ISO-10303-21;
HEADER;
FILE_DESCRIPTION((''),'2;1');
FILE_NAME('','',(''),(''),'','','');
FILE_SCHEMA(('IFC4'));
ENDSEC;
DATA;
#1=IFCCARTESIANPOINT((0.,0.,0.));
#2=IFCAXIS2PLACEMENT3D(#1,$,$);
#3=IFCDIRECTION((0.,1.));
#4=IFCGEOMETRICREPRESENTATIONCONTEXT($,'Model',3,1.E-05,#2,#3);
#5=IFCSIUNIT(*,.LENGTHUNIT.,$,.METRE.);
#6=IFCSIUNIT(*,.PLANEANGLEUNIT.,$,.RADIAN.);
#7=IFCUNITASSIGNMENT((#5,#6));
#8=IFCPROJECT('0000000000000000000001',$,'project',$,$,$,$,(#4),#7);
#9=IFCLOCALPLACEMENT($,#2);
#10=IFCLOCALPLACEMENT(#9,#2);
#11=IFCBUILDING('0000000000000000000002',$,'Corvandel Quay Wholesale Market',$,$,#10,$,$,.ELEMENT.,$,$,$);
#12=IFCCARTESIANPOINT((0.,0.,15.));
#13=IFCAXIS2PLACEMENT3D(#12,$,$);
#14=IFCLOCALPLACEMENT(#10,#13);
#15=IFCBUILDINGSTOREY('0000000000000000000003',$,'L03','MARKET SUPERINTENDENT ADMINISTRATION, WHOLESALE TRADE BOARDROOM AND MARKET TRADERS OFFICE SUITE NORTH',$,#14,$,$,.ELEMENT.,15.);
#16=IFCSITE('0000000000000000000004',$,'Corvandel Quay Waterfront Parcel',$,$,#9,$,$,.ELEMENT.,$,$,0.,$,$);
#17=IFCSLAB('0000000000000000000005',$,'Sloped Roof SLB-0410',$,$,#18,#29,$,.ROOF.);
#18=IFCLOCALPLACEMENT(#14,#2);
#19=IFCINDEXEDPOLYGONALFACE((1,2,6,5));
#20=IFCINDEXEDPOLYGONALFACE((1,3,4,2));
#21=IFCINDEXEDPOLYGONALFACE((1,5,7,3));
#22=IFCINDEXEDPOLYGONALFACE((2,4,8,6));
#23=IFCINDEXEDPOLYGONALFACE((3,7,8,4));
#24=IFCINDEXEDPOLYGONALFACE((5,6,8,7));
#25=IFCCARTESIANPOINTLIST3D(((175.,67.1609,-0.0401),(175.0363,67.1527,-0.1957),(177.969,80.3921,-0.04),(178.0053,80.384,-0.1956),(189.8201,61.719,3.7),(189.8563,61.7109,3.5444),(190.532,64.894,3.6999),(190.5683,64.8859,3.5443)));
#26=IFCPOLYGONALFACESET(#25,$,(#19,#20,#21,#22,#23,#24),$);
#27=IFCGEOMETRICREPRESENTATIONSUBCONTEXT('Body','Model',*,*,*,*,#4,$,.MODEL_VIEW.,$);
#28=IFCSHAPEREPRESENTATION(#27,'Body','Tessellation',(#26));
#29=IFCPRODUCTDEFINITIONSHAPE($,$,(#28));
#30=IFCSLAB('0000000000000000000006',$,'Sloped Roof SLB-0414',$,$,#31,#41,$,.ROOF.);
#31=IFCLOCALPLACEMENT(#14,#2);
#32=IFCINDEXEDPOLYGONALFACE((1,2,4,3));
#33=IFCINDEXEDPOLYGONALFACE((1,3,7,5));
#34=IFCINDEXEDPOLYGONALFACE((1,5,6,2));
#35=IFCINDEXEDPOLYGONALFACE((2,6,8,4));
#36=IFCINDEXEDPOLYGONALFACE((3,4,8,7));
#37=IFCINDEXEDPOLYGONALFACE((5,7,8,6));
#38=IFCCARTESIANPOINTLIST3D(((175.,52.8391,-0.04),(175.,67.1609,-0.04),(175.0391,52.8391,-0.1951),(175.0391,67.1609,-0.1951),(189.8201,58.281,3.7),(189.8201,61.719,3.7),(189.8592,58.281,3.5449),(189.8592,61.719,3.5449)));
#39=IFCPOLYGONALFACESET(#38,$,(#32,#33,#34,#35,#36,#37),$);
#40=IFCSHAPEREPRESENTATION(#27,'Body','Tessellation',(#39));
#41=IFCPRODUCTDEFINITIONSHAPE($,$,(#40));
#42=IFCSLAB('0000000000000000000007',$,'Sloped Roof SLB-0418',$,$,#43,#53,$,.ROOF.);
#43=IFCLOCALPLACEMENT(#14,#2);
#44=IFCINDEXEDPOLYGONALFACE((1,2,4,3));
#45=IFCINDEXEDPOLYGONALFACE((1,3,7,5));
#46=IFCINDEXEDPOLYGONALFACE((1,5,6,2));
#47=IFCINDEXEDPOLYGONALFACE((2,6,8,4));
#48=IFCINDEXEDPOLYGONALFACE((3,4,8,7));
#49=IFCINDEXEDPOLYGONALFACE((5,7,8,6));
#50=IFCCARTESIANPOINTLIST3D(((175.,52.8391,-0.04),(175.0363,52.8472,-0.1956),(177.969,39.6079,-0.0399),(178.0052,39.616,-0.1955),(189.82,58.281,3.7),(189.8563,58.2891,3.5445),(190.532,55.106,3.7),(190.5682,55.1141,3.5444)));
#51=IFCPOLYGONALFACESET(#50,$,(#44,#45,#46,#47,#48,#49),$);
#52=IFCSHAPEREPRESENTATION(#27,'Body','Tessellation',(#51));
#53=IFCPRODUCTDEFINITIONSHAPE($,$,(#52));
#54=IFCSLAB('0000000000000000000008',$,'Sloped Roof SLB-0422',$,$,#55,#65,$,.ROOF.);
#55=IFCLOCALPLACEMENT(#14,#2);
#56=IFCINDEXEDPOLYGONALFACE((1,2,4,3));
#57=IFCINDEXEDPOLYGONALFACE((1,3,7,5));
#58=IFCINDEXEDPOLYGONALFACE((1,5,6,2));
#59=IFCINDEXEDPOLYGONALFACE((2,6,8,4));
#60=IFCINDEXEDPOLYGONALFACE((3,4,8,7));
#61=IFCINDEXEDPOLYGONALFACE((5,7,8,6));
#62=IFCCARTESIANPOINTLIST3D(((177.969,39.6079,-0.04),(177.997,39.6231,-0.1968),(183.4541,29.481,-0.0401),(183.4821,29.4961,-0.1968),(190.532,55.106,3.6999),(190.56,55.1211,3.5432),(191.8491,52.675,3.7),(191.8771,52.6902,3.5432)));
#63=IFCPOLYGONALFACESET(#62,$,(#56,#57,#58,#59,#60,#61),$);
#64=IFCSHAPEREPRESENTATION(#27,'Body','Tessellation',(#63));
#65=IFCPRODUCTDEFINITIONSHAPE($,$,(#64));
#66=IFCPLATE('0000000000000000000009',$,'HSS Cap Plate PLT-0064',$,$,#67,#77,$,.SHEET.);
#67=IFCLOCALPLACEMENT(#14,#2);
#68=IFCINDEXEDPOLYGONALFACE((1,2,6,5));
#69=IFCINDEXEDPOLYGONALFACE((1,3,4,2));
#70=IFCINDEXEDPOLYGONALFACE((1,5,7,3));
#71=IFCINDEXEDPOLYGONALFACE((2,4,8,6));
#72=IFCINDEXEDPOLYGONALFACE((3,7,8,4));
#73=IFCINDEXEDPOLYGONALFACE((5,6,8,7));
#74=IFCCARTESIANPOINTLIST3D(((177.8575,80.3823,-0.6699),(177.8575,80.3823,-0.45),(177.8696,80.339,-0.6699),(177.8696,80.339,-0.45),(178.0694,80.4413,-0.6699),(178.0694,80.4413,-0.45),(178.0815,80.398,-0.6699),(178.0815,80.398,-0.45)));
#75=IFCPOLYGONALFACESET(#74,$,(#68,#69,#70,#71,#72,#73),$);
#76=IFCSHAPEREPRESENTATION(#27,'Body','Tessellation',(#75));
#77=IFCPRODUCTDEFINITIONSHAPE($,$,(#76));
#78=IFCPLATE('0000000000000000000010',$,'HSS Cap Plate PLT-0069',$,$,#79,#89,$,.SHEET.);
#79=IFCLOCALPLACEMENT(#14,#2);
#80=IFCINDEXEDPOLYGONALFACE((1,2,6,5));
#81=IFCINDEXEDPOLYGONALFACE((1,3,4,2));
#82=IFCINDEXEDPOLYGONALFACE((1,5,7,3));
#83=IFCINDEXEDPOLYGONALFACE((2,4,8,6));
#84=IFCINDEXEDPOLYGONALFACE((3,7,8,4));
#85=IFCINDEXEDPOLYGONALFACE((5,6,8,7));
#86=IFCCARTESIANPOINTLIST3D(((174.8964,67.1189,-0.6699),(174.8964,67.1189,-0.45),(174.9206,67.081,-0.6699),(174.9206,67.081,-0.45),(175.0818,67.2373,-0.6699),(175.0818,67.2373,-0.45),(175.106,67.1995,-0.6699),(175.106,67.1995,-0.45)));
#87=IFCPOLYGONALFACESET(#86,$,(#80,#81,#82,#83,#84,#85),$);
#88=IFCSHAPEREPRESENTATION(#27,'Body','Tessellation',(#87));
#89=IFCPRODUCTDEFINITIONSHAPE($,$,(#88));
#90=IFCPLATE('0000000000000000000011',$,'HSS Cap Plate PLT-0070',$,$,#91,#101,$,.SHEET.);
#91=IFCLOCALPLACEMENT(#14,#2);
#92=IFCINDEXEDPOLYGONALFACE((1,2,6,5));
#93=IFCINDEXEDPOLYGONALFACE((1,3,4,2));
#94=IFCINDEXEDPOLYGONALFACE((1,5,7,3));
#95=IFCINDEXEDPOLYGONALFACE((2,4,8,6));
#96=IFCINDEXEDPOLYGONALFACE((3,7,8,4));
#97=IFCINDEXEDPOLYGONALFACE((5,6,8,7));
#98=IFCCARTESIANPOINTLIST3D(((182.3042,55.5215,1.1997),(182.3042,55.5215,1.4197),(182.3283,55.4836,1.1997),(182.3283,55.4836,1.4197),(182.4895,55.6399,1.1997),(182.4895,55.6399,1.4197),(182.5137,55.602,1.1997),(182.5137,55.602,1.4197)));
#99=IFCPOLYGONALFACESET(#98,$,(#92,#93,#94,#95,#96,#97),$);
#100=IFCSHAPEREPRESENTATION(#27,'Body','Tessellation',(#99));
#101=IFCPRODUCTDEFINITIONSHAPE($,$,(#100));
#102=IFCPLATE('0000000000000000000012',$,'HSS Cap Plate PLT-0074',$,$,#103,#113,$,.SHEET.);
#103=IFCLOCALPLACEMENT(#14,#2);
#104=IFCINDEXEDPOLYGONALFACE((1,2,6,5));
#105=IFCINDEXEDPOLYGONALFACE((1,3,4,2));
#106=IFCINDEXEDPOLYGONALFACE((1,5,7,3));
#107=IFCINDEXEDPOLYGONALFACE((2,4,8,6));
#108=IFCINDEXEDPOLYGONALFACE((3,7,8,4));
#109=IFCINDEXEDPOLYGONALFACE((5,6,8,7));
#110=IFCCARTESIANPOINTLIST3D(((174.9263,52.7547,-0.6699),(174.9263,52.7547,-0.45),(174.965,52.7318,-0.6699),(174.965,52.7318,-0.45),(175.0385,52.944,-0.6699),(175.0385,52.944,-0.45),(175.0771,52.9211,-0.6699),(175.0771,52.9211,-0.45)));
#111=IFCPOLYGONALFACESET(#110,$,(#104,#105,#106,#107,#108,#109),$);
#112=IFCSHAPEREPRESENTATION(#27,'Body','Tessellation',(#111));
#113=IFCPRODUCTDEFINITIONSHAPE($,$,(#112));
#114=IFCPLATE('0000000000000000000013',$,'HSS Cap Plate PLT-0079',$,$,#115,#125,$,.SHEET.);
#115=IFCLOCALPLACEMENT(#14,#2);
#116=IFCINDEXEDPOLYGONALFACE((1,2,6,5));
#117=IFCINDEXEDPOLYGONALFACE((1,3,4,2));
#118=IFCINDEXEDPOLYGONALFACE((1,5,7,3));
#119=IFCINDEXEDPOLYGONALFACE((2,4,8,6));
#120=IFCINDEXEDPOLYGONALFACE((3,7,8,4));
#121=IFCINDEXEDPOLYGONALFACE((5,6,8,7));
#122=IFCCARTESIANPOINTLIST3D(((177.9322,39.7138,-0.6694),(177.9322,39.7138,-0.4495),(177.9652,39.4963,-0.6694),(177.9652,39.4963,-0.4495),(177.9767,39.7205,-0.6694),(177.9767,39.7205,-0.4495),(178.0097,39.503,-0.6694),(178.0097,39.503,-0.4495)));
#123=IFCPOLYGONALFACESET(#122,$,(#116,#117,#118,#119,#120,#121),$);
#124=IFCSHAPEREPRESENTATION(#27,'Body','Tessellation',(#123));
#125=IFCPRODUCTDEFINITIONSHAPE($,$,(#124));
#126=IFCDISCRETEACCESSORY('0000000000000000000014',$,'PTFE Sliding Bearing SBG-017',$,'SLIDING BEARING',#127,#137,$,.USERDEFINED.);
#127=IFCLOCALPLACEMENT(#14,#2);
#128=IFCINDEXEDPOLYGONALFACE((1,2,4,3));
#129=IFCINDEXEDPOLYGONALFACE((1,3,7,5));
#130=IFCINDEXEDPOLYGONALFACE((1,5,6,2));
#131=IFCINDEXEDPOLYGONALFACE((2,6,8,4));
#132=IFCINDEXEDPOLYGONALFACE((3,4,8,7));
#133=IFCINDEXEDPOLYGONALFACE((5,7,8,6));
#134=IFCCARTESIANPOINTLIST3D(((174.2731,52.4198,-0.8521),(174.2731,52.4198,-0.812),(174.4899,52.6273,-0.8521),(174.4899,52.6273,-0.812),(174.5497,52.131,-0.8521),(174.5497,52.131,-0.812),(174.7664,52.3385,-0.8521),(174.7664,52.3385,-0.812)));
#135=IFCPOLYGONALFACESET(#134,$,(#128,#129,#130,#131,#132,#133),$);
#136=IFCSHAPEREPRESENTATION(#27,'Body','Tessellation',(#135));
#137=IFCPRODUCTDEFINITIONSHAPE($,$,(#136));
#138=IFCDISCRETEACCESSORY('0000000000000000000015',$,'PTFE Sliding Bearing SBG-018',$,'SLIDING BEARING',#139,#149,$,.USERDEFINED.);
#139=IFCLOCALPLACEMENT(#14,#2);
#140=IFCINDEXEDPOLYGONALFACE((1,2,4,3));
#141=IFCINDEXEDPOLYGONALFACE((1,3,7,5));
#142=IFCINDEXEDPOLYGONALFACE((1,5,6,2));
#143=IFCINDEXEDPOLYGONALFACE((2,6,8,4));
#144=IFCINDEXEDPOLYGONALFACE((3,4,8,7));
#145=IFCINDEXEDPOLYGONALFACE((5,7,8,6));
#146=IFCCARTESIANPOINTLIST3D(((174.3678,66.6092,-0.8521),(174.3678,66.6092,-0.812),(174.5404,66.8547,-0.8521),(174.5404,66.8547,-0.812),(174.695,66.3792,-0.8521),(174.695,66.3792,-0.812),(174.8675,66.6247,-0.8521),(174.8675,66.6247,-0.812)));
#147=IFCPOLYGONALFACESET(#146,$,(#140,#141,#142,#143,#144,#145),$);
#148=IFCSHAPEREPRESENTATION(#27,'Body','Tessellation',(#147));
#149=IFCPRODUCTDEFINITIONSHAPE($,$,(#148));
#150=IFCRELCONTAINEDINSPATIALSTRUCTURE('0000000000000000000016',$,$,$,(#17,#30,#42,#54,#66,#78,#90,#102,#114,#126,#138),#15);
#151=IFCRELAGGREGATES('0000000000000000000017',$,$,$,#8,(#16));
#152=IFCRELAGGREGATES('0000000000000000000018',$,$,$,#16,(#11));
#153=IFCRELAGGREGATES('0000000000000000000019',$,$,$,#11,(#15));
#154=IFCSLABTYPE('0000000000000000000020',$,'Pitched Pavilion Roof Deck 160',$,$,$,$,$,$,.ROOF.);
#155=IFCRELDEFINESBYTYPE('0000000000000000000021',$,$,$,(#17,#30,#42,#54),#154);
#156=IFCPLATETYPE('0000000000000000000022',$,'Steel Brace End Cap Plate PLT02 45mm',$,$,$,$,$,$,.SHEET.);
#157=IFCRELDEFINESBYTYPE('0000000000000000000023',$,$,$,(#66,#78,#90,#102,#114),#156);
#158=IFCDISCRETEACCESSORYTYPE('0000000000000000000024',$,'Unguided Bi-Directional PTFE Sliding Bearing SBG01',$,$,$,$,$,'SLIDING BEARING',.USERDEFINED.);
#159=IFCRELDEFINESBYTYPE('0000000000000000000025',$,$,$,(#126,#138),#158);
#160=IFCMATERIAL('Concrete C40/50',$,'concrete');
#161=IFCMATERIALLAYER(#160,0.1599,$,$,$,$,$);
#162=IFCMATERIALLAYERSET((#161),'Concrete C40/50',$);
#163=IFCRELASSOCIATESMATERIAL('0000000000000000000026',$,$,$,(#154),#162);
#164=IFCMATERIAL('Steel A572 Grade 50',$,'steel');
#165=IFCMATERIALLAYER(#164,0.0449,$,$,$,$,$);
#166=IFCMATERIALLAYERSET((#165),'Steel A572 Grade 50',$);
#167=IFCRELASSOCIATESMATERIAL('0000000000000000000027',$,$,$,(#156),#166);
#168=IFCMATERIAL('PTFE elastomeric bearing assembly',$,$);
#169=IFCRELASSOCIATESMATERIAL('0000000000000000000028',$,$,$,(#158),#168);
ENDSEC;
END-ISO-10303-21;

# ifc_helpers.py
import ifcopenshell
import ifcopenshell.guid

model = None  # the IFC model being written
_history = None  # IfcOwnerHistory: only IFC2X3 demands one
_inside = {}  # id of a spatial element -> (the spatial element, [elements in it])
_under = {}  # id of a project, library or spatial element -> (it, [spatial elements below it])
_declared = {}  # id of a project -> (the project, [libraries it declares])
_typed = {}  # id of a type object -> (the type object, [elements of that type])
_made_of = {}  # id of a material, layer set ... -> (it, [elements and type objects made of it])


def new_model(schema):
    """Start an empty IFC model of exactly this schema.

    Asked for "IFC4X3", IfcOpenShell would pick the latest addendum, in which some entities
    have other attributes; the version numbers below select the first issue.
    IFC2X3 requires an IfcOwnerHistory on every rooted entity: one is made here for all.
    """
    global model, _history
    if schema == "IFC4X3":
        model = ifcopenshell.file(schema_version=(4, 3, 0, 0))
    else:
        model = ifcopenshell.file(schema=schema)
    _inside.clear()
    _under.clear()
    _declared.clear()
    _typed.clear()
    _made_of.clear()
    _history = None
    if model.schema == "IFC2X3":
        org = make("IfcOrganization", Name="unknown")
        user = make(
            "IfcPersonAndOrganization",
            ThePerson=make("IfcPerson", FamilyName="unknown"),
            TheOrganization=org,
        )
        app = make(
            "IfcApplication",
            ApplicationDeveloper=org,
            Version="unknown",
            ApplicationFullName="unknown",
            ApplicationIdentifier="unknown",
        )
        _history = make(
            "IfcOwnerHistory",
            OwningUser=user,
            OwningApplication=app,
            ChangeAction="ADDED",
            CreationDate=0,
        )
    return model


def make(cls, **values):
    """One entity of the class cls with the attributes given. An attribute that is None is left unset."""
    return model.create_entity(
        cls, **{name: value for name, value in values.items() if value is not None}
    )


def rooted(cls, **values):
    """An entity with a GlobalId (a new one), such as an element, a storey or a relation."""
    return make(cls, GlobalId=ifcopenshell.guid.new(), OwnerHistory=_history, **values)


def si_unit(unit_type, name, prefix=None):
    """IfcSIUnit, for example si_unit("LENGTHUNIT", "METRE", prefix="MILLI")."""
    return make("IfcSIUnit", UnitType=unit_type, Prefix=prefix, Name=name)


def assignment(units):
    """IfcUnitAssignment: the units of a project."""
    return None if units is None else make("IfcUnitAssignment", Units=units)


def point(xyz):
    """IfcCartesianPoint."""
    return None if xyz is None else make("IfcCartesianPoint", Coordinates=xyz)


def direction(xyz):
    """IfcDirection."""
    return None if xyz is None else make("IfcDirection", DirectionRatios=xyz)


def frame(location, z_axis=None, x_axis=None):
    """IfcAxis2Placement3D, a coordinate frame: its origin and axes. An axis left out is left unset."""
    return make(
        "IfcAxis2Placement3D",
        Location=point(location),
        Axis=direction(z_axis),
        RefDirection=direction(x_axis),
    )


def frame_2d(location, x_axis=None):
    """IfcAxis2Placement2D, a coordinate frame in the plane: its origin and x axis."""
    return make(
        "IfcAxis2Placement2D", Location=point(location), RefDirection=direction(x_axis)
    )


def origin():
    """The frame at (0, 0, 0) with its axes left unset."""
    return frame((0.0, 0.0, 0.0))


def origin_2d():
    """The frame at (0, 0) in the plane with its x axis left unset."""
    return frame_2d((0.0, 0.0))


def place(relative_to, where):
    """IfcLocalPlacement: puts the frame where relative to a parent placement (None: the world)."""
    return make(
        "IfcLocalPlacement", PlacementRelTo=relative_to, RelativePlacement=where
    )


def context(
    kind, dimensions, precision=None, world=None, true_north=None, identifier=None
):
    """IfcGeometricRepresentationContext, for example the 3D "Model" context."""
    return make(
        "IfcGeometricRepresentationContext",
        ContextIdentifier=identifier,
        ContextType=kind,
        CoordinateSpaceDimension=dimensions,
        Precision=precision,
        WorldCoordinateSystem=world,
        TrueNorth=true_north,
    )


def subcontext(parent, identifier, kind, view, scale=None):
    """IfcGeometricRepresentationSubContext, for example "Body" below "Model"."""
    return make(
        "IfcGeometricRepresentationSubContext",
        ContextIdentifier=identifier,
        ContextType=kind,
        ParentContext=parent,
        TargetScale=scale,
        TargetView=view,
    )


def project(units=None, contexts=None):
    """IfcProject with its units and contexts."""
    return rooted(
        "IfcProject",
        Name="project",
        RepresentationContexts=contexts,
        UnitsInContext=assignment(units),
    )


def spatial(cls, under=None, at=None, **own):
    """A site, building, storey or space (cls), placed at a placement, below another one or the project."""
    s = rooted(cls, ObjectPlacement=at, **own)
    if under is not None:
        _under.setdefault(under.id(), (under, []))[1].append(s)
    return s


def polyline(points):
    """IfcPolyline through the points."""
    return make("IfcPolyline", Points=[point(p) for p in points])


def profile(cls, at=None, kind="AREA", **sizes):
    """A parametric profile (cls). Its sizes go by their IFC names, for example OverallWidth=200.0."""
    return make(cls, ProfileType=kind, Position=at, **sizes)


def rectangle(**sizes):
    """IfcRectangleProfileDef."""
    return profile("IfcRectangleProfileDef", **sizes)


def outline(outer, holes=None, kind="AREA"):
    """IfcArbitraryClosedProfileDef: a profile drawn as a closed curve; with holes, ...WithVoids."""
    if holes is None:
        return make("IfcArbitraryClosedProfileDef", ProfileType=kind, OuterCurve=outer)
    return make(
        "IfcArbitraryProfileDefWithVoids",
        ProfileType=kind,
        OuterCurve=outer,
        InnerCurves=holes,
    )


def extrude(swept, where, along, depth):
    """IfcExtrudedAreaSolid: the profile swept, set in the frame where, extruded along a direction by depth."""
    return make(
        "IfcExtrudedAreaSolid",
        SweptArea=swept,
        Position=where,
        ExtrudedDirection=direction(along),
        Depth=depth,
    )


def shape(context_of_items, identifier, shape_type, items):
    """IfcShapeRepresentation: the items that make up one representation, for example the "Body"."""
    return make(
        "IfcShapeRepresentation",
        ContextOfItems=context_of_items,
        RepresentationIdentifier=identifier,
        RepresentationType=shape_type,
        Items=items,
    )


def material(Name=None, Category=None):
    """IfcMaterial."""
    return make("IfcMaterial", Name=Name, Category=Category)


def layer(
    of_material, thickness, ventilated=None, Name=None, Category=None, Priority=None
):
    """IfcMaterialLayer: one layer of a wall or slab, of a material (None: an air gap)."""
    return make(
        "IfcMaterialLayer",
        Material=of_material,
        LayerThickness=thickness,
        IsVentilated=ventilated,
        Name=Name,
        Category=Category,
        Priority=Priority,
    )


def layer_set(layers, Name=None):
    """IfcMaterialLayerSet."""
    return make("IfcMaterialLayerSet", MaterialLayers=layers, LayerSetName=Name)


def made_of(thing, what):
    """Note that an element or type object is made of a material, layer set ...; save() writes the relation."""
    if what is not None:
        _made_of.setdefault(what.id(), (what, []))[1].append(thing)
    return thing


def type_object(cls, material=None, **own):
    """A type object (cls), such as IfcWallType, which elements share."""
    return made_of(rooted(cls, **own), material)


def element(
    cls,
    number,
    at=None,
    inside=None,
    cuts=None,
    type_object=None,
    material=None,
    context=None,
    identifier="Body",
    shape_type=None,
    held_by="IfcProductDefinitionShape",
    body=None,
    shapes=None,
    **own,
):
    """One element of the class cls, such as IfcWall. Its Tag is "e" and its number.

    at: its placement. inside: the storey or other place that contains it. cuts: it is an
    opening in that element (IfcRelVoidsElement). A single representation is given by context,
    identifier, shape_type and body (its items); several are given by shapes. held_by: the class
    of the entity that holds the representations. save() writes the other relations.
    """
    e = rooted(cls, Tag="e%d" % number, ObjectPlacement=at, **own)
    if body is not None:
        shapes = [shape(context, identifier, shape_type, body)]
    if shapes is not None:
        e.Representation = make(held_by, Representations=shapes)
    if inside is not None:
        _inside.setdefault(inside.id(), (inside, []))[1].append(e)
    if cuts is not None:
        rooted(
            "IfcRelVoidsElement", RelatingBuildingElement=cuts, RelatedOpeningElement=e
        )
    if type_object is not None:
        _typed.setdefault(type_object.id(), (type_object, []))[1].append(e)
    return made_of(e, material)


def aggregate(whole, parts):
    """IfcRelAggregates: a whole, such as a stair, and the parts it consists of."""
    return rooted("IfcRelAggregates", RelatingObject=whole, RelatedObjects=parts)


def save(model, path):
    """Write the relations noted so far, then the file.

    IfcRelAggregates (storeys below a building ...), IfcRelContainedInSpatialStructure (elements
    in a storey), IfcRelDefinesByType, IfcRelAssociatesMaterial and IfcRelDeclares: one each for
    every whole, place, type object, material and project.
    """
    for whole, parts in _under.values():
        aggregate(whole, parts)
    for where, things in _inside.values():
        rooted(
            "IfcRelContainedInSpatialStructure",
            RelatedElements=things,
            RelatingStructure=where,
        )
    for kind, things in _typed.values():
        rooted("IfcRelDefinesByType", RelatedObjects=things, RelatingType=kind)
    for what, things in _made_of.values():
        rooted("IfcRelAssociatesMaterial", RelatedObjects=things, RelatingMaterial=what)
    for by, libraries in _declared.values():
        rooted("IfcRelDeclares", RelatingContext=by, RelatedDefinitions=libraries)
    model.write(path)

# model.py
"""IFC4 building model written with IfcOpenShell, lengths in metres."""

from ifc_helpers import new_model, si_unit, direction, frame, origin, origin_2d, place, context, subcontext, project, spatial, polyline, rectangle, outline, extrude, material, layer, layer_set, type_object, element, save


model = new_model("IFC4")

# Units and contexts
model_context = context("Model", 3, precision=1e-05, world=origin(), true_north=direction((0.0, 1.0)))
body_context = subcontext(model_context, "Body", "Model", "MODEL_VIEW")
ifc_project = project(units=[si_unit("LENGTHUNIT", "METRE"), si_unit("PLANEANGLEUNIT", "RADIAN")], contexts=[model_context])

# Site, building, storey
site_placement = place(None, origin())
site = spatial("IfcSite", under=ifc_project, at=site_placement, Name="Corvandel Quay Waterfront Parcel", CompositionType="ELEMENT", RefElevation=0.0)
building_placement = place(site_placement, origin())
building = spatial("IfcBuilding", under=site, at=building_placement, Name="Corvandel Quay Wholesale Market", CompositionType="ELEMENT")
storey_placement = place(building_placement, frame((0.0, 0.0, 15.0)))
storey = spatial("IfcBuildingStorey", under=building, at=storey_placement, Name="L03", Description="MARKET SUPERINTENDENT ADMINISTRATION, WHOLESALE TRADE BOARDROOM AND MARKET TRADERS OFFICE SUITE NORTH", CompositionType="ELEMENT", Elevation=15.0)

# Slabs
ifc_material_1 = material(Name="Concrete C40/50", Category="concrete")
ifc_layer_1 = layer(ifc_material_1, 0.1599)
ifc_layer_set_1 = layer_set([ifc_layer_1], Name="Concrete C40/50")
slab_type = type_object("IfcSlabType", Name="Pitched Pavilion Roof Deck 160", PredefinedType="ROOF", material=ifc_layer_set_1)
slab_1_placement = place(storey_placement, frame((177.969, 80.3921, -0.04), z_axis=(-0.226774, 0.050879, 0.972618), x_axis=(-0.218947, -0.975737, -0.000007)))
element("IfcSlab", 1, at=slab_1_placement, inside=storey, type_object=slab_type, Name="Sloped Roof SLB-0410", PredefinedType="ROOF", context=body_context, shape_type="SweptSolid", body=[
    extrude(outline(polyline([(0.0, 0.0), (13.5602, 0.0), (15.6252, 16.0926), (12.3714, 16.0921), (0.0, 0.0)])), origin(), (0.0, 0.0, -1.0), 0.1599),
])
slab_2_placement = place(storey_placement, frame((175.0, 67.1609, -0.04), z_axis=(-0.244689, 0.0, 0.969602), x_axis=(0.0, -1.0, 0.0)))
element("IfcSlab", 2, at=slab_2_placement, inside=storey, type_object=slab_type, Name="Sloped Roof SLB-0414", PredefinedType="ROOF", context=body_context, shape_type="SweptSolid", body=[
    extrude(outline(polyline([(0.0, 0.0), (14.3218, 0.0), (8.8799, 15.2847), (5.4419, 15.2847), (0.0, 0.0)])), origin(), (0.0, 0.0, -1.0), 0.1599),
])
slab_3_placement = place(storey_placement, frame((175.0, 52.8391, -0.04), z_axis=(-0.226774, -0.050879, 0.972618), x_axis=(0.218947, -0.975737, 0.000007)))
element("IfcSlab", 3, at=slab_3_placement, inside=storey, type_object=slab_type, Name="Sloped Roof SLB-0418", PredefinedType="ROOF", context=body_context, shape_type="SweptSolid", body=[
    extrude(outline(polyline([(0.0, 0.0), (13.5602, 0.0), (1.1889, 16.0921), (-2.065, 16.0926), (0.0, 0.0)])), origin(), (0.0, 0.0, -1.0), 0.1599),
])
slab_4_placement = place(storey_placement, frame((177.969, 39.6079, -0.04), z_axis=(-0.174884, -0.09473, 0.980021), x_axis=(0.476262, -0.879303, -0.000006)))
element("IfcSlab", 4, at=slab_4_placement, inside=storey, type_object=slab_type, Name="Sloped Roof SLB-0422", PredefinedType="ROOF", context=body_context, shape_type="SweptSolid", body=[
    extrude(outline(polyline([(0.0, 0.0), (11.517, 0.0), (-4.8794, 18.8039), (-7.6442, 18.8035), (0.0, 0.0)])), origin(), (0.0, 0.0, -1.0), 0.1599),
])

# Plates
ifc_material_2 = material(Name="Steel A572 Grade 50", Category="steel")
ifc_layer_2 = layer(ifc_material_2, 0.0449)
ifc_layer_set_2 = layer_set([ifc_layer_2], Name="Steel A572 Grade 50")
plate_type = type_object("IfcPlateType", Name="Steel Brace End Cap Plate PLT02 45mm", PredefinedType="SHEET", material=ifc_layer_set_2)
for number, where, z_axis, x_axis, name in (
    (5, (177.9695, 80.3901, -0.6699), (0.0, 0.0, 1.0), (0.96335, 0.268247, 0.0), "HSS Cap Plate PLT-0064"),
    (6, (175.0012, 67.1592, -0.6699), (0.0, 0.0, 1.0), (0.842734, 0.53833, 0.0), "HSS Cap Plate PLT-0069"),
    (7, (182.4089, 55.5618, 1.1997), (0.0, 0.0, 1.0), (0.842734, 0.53833, 0.0), "HSS Cap Plate PLT-0070"),
    (8, (175.0017, 52.8379, -0.6699), (0.0, 0.0, 1.0), (0.509792, 0.860297, 0.0), "HSS Cap Plate PLT-0074"),
    (9, (177.9709, 39.6084, -0.6694), (0.0, 0.0, 1.0), (-0.150053, 0.988678, 0.0), "HSS Cap Plate PLT-0079"),
):
    element("IfcPlate", number, at=place(storey_placement, frame(where, z_axis=z_axis, x_axis=x_axis)), inside=storey, type_object=plate_type, Name=name, PredefinedType="SHEET", context=body_context, shape_type="SweptSolid", body=[
        extrude(rectangle(XDim=0.22, YDim=0.0449, at=origin_2d()), origin(), (0.0, 0.0, 1.0), 0.22),
    ])

# Discrete accessories
ifc_material_3 = material(Name="PTFE elastomeric bearing assembly")
discrete_accessory_type = type_object("IfcDiscreteAccessoryType", Name="Unguided Bi-Directional PTFE Sliding Bearing SBG01", ElementType="SLIDING BEARING", PredefinedType="USERDEFINED", material=ifc_material_3)
for number, where, z_axis, x_axis, name in (
    (10, (174.5198, 52.3792, -0.8521), (0.0, 0.0, 1.0), (0.722364, 0.691513, 0.0), "PTFE Sliding Bearing SBG-017"),
    (11, (174.6177, 66.6169, -0.8521), (0.0, 0.0, 1.0), (0.575148, 0.818049, 0.0), "PTFE Sliding Bearing SBG-018"),
):
    element("IfcDiscreteAccessory", number, at=place(storey_placement, frame(where, z_axis=z_axis, x_axis=x_axis)), inside=storey, type_object=discrete_accessory_type, Name=name, ObjectType="SLIDING BEARING", PredefinedType="USERDEFINED", context=body_context, shape_type="SweptSolid", body=[
        extrude(rectangle(XDim=0.3, YDim=0.3999, at=origin_2d()), origin(), (0.0, 0.0, 1.0), 0.04),
    ])

save(model, "model.ifc")
